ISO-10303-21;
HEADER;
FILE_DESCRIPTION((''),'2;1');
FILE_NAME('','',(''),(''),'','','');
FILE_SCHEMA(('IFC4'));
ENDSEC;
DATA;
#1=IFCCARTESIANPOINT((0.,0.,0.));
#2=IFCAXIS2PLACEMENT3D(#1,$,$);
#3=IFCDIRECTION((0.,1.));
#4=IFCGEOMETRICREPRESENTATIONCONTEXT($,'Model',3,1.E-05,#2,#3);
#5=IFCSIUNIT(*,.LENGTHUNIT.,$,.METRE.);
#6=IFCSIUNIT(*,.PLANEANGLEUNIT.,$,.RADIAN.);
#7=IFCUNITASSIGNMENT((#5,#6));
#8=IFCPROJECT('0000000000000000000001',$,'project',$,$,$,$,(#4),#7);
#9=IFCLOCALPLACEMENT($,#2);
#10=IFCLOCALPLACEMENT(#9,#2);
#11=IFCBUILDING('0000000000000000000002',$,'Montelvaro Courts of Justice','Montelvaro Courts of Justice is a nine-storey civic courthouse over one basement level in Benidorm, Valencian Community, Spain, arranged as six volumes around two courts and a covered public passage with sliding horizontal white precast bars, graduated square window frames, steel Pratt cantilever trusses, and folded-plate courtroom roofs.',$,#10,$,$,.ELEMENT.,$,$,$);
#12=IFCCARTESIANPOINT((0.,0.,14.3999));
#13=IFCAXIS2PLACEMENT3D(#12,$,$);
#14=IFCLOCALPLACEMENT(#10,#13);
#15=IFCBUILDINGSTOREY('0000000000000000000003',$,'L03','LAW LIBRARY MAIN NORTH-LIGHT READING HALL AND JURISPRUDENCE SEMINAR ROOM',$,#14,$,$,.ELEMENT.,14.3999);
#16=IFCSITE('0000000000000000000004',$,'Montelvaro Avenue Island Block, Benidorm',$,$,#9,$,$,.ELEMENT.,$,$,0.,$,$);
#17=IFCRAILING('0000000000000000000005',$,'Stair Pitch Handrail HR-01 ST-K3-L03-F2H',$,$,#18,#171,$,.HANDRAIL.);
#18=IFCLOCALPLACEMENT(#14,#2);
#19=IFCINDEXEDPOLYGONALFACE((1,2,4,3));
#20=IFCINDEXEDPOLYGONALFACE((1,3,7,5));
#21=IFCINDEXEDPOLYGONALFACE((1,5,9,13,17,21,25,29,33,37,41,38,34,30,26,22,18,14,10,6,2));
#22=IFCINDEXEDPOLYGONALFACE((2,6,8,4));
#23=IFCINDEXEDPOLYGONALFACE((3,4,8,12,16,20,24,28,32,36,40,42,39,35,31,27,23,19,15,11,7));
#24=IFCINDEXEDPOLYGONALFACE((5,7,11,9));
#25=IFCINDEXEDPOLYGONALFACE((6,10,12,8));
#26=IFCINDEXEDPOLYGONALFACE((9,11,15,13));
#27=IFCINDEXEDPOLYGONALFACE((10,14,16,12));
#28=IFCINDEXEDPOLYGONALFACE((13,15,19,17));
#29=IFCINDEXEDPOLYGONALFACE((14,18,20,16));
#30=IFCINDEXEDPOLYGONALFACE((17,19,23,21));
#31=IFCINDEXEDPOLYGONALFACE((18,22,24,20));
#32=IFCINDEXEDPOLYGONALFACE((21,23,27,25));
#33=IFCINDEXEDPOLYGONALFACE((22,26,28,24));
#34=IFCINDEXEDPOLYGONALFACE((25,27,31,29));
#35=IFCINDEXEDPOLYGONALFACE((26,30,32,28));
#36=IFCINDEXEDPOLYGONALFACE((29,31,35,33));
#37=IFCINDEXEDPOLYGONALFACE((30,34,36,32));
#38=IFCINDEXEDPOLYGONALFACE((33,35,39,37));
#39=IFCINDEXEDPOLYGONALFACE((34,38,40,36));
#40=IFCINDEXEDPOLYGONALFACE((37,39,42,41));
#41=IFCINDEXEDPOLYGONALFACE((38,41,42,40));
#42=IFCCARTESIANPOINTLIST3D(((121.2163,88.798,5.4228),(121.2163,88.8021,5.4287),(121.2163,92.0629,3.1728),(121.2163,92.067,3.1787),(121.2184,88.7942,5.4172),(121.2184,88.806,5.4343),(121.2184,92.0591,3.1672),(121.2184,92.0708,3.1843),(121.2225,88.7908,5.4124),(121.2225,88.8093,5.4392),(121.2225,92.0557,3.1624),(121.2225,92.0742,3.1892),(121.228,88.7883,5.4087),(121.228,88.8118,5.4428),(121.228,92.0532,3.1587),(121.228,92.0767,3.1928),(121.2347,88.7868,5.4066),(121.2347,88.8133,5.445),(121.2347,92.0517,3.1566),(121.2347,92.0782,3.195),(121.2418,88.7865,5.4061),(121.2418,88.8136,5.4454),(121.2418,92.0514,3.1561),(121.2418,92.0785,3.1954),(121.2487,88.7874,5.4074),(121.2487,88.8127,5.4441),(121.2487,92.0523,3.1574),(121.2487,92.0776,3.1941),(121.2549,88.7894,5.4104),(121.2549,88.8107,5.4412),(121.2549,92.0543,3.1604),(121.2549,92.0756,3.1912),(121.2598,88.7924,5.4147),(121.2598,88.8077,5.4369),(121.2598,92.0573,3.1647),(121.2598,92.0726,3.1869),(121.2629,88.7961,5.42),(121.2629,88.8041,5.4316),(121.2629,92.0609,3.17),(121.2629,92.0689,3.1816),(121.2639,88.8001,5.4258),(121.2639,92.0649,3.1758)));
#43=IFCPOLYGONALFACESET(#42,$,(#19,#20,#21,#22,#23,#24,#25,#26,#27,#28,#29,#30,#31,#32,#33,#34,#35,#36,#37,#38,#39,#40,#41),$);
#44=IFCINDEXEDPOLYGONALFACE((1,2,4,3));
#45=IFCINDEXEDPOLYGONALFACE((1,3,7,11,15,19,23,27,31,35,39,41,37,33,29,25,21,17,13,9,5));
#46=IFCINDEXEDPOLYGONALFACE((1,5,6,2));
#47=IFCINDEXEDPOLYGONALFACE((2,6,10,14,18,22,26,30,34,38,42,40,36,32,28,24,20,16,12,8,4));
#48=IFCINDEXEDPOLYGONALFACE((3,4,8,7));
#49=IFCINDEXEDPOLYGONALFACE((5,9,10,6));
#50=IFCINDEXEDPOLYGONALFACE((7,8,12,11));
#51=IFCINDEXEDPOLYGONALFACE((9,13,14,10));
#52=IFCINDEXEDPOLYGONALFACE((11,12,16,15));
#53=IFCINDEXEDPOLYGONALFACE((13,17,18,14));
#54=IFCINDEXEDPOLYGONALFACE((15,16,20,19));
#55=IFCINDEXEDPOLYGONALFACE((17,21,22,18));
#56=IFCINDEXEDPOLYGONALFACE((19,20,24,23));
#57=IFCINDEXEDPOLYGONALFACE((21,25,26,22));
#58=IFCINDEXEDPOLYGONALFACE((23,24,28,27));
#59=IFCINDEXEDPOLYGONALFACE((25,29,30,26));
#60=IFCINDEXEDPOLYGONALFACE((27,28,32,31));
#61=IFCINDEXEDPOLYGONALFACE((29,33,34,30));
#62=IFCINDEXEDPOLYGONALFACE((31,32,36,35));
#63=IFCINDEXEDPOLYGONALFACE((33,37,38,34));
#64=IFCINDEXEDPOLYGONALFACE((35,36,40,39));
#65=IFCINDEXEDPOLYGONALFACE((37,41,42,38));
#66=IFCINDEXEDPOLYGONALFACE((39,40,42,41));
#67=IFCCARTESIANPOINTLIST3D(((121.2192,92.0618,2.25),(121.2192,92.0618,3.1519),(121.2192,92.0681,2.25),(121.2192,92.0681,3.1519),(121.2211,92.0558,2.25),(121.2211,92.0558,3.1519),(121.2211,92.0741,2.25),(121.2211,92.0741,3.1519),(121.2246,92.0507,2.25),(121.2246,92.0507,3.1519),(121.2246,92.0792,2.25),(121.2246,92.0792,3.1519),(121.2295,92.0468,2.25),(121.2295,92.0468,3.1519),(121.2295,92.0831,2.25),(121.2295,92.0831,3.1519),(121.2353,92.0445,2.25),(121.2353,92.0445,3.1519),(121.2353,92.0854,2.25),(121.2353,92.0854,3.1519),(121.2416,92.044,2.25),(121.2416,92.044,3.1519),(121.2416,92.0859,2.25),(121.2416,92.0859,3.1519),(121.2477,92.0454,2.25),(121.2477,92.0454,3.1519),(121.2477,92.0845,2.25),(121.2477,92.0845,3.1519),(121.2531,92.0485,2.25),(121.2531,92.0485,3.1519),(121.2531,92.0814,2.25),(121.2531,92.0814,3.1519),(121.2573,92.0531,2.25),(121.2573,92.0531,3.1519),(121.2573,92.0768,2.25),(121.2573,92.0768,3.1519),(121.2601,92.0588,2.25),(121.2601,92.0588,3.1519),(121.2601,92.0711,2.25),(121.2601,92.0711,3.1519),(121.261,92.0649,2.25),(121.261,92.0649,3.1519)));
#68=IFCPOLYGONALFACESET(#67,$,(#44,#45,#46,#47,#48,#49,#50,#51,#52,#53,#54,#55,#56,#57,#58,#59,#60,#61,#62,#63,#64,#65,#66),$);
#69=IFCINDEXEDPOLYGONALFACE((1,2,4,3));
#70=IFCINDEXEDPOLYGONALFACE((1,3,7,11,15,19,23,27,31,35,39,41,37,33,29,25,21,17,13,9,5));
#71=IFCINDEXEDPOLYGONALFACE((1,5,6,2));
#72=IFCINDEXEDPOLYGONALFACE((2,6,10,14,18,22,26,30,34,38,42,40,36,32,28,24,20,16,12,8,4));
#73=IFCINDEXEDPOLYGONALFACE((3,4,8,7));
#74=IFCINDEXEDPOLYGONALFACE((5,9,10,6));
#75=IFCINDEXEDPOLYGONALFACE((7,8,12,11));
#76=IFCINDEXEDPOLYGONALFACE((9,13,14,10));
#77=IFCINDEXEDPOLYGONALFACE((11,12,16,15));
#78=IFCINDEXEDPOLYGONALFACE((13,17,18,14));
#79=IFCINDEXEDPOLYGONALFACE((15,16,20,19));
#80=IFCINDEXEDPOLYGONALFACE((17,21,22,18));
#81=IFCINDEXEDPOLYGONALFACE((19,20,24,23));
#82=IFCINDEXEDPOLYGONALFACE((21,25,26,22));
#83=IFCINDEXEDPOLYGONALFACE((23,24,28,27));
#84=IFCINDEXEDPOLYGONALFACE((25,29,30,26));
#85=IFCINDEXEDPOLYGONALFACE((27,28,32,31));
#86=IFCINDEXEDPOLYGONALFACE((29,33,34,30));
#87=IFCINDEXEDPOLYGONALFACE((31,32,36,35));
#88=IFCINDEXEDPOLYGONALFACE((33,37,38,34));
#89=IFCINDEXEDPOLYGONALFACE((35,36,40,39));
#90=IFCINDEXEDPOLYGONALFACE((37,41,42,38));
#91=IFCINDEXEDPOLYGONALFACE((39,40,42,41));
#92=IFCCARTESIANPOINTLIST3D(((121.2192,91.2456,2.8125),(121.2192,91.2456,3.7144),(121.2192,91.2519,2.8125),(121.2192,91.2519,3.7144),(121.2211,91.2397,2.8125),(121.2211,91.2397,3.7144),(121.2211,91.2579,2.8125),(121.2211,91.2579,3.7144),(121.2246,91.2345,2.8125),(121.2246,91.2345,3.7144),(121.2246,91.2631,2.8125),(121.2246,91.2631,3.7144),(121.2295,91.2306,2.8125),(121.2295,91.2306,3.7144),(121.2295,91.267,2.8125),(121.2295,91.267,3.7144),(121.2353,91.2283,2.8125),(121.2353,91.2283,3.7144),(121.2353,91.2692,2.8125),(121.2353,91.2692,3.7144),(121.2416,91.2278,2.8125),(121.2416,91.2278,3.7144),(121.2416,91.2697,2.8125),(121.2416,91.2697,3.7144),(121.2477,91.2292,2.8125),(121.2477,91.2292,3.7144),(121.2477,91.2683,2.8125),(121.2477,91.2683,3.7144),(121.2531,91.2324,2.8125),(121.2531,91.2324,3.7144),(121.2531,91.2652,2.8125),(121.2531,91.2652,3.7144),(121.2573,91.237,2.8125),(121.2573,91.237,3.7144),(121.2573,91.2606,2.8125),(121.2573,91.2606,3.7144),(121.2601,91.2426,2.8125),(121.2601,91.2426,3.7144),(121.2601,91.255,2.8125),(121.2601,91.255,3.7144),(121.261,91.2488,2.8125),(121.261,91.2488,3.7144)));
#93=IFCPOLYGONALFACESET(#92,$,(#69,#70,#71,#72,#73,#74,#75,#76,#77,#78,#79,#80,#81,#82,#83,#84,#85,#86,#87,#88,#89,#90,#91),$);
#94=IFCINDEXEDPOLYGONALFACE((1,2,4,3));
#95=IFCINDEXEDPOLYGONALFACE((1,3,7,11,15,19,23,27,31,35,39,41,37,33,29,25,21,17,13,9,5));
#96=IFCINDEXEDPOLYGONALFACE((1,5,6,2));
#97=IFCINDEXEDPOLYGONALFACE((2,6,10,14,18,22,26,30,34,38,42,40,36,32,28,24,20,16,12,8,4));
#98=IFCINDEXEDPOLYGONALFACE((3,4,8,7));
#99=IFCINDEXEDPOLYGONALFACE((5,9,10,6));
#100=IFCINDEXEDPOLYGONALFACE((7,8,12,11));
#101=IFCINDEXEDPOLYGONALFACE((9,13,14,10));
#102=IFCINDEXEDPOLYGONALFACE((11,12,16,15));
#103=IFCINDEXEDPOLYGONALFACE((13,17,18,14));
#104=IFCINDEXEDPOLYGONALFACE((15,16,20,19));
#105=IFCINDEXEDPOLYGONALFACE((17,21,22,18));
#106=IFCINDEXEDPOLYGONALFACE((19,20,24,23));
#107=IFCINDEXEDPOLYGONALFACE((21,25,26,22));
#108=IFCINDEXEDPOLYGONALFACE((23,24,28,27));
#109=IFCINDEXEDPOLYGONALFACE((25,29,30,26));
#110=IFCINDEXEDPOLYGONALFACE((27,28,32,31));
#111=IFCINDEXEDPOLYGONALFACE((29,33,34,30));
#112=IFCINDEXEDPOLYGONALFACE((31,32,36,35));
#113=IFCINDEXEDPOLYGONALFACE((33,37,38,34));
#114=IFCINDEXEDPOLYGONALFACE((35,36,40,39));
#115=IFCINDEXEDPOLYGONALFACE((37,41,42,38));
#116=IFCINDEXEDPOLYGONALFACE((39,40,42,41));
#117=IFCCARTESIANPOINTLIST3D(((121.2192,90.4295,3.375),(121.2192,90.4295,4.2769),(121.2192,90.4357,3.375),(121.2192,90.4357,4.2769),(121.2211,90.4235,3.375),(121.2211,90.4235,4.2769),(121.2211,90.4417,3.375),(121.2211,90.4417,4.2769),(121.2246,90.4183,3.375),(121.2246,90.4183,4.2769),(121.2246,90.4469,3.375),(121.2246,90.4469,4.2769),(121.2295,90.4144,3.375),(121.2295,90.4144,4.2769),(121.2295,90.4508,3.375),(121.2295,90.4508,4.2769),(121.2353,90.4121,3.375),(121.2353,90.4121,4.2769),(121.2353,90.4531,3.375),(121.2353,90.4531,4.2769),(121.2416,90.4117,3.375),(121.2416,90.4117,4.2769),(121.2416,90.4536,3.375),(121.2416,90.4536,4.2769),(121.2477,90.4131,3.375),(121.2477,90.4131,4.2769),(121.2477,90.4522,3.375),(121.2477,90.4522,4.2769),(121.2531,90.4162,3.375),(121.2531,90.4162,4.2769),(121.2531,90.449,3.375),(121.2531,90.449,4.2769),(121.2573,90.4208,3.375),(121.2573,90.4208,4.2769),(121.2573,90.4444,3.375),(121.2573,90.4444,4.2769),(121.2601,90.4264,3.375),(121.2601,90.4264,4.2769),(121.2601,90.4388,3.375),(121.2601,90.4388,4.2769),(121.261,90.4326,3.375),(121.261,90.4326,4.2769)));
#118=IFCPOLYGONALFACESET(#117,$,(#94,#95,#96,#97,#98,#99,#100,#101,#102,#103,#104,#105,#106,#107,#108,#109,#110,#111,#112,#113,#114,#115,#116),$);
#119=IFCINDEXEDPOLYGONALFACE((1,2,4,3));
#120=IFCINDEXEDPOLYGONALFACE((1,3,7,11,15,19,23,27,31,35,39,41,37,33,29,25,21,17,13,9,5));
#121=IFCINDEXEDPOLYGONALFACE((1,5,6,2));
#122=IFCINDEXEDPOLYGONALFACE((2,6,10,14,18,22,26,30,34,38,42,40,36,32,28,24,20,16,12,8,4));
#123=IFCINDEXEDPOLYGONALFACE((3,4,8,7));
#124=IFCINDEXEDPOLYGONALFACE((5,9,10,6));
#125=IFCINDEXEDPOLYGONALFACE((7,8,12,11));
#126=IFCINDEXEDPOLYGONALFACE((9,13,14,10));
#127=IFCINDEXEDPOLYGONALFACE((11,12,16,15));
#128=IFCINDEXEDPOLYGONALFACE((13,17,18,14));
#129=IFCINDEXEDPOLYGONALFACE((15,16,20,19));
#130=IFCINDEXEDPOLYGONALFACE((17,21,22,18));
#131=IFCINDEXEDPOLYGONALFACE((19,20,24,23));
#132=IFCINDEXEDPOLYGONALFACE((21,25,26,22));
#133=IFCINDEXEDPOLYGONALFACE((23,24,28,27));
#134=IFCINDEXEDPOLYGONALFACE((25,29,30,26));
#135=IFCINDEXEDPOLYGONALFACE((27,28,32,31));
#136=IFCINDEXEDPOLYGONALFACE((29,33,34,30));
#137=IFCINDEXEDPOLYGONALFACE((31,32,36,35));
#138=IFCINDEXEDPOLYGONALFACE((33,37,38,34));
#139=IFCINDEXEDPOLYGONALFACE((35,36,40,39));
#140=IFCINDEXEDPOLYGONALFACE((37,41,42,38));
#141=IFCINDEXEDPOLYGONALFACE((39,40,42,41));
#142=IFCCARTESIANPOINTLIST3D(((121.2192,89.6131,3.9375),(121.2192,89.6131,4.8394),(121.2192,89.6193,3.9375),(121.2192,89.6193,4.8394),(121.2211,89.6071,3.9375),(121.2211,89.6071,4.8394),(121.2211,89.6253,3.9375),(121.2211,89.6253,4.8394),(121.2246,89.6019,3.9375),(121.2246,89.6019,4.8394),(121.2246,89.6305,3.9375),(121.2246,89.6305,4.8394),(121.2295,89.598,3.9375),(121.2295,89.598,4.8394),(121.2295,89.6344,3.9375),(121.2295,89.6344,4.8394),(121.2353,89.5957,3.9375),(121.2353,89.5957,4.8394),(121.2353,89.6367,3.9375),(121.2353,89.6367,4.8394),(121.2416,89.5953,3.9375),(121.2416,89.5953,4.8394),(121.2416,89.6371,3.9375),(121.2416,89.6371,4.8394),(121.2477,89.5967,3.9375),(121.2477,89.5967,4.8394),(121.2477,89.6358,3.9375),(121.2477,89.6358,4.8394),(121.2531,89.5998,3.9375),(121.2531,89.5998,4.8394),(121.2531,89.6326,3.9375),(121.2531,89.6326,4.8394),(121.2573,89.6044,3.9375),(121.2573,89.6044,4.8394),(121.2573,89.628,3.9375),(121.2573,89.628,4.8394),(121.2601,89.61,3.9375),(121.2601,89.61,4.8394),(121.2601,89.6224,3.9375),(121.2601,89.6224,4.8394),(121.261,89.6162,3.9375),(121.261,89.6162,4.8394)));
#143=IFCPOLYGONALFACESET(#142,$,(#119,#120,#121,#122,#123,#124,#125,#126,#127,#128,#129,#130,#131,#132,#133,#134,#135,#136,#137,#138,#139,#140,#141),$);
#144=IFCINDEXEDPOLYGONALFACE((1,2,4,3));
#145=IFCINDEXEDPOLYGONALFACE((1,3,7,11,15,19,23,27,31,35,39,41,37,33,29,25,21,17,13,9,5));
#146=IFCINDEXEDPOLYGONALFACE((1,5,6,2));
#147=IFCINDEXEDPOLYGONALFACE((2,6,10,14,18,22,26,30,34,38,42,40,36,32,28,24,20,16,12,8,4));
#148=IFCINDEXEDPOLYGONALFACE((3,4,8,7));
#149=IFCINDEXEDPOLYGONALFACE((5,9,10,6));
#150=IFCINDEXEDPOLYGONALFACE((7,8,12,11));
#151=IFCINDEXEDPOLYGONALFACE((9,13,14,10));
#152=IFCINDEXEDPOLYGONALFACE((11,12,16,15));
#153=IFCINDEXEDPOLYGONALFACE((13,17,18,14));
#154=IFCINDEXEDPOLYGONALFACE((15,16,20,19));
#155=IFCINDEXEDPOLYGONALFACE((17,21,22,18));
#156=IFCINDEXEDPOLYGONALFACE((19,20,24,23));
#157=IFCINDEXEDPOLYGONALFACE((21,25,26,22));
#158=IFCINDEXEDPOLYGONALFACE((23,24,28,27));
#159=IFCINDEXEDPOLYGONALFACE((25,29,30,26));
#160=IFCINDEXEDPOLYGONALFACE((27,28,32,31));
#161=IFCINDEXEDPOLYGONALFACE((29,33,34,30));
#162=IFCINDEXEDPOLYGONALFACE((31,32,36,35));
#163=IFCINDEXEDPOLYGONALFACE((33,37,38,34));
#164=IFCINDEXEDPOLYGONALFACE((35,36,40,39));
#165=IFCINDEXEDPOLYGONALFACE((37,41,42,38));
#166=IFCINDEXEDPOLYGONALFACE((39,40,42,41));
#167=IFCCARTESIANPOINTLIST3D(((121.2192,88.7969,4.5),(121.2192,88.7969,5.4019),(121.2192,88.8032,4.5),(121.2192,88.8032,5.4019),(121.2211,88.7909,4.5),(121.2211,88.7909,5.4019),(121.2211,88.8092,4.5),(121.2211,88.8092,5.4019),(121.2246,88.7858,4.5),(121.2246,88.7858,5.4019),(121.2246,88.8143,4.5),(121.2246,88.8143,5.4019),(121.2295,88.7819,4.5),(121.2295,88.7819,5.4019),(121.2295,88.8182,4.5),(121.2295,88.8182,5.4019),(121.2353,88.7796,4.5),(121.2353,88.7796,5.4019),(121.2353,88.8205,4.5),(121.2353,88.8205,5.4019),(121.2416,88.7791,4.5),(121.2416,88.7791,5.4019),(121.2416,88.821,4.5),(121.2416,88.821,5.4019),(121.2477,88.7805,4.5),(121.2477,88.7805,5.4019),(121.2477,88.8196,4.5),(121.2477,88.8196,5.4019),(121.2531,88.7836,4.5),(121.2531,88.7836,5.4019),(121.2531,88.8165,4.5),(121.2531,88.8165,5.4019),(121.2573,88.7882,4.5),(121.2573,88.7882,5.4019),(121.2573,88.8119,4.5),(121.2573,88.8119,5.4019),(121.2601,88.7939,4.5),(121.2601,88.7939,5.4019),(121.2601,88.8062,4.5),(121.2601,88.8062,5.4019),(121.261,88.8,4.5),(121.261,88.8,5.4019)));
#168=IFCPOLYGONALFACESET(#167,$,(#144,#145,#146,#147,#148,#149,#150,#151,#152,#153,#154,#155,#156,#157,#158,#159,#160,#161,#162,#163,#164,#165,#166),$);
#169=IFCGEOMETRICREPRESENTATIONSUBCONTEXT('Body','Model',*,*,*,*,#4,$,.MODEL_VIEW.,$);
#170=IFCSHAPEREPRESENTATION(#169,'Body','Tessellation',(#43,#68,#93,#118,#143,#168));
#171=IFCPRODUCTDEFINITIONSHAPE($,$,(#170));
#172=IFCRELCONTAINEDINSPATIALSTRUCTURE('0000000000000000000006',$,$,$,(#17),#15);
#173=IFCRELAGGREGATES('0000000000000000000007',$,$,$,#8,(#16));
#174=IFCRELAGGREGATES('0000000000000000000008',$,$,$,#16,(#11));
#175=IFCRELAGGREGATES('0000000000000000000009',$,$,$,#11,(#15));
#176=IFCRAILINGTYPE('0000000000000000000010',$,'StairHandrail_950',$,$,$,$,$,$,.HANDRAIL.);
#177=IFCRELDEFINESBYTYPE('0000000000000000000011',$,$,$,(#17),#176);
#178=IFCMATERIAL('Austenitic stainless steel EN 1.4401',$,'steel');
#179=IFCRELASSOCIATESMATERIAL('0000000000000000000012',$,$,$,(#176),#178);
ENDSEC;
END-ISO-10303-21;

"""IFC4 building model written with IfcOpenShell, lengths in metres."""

from ifc_helpers import new_model, si_unit, direction, frame, origin, origin_2d, place, context, subcontext, project, spatial, circle, extrude, material, type_object, element, save


model = new_model("IFC4")

# Units and contexts
model_context = context("Model", 3, precision=1e-05, world=origin(), true_north=direction((0.0, 1.0)))
body_context = subcontext(model_context, "Body", "Model", "MODEL_VIEW")
ifc_project = project(units=[si_unit("LENGTHUNIT", "METRE"), si_unit("PLANEANGLEUNIT", "RADIAN")], contexts=[model_context])

# Site, building, storey
site_placement = place(None, origin())
site = spatial("IfcSite", under=ifc_project, at=site_placement, Name="Montelvaro Avenue Island Block, Benidorm", CompositionType="ELEMENT", RefElevation=0.0)
building_placement = place(site_placement, origin())
building = spatial("IfcBuilding", under=site, at=building_placement, Name="Montelvaro Courts of Justice", Description="Montelvaro Courts of Justice is a nine-storey civic courthouse over one basement level in Benidorm, Valencian Community, Spain, arranged as six volumes around two courts and a covered public passage with sliding horizontal white precast bars, graduated square window frames, steel Pratt cantilever trusses, and folded-plate courtroom roofs.", CompositionType="ELEMENT")
storey_placement = place(building_placement, frame((0.0, 0.0, 14.3999)))
storey = spatial("IfcBuildingStorey", under=building, at=storey_placement, Name="L03", Description="LAW LIBRARY MAIN NORTH-LIGHT READING HALL AND JURISPRUDENCE SEMINAR ROOM", CompositionType="ELEMENT", Elevation=14.3999)

# Railing
ifc_material_1 = material(Name="Austenitic stainless steel EN 1.4401", Category="steel")
railing_type_1 = type_object("IfcRailingType", Name="StairHandrail_950", PredefinedType="HANDRAIL", material=ifc_material_1)
railing_1_placement = place(storey_placement, frame((121.24, 92.0649, 2.25)))
element("IfcRailing", 1, at=railing_1_placement, inside=storey, type_object=railing_type_1, Name="Stair Pitch Handrail HR-01 ST-K3-L03-F2H", PredefinedType="HANDRAIL", context=body_context, shape_type="SweptSolid", body=[
    extrude(circle(Radius=0.0239, at=origin_2d()), frame((0.0, 0.0, 0.9258), z_axis=(0.0, -0.823407, 0.567451), x_axis=(1.0, 0.0, 0.0)), (0.0, 0.0, 1.0), 3.9651),
    extrude(circle(Radius=0.021, at=origin_2d()), origin(), (0.0, 0.0, 1.0), 0.9019),
    extrude(circle(Radius=0.021, at=origin_2d()), frame((0.0, -0.8162, 0.5625)), (0.0, 0.0, 1.0), 0.9019),
    extrude(circle(Radius=0.021, at=origin_2d()), frame((0.0, -1.6323, 1.125)), (0.0, 0.0, 1.0), 0.9019),
    extrude(circle(Radius=0.021, at=origin_2d()), frame((0.0, -2.4487, 1.6875)), (0.0, 0.0, 1.0), 0.9019),
    extrude(circle(Radius=0.021, at=origin_2d()), frame((0.0, -3.2649, 2.25)), (0.0, 0.0, 1.0), 0.9019),
])

save(model, "model.ifc")
